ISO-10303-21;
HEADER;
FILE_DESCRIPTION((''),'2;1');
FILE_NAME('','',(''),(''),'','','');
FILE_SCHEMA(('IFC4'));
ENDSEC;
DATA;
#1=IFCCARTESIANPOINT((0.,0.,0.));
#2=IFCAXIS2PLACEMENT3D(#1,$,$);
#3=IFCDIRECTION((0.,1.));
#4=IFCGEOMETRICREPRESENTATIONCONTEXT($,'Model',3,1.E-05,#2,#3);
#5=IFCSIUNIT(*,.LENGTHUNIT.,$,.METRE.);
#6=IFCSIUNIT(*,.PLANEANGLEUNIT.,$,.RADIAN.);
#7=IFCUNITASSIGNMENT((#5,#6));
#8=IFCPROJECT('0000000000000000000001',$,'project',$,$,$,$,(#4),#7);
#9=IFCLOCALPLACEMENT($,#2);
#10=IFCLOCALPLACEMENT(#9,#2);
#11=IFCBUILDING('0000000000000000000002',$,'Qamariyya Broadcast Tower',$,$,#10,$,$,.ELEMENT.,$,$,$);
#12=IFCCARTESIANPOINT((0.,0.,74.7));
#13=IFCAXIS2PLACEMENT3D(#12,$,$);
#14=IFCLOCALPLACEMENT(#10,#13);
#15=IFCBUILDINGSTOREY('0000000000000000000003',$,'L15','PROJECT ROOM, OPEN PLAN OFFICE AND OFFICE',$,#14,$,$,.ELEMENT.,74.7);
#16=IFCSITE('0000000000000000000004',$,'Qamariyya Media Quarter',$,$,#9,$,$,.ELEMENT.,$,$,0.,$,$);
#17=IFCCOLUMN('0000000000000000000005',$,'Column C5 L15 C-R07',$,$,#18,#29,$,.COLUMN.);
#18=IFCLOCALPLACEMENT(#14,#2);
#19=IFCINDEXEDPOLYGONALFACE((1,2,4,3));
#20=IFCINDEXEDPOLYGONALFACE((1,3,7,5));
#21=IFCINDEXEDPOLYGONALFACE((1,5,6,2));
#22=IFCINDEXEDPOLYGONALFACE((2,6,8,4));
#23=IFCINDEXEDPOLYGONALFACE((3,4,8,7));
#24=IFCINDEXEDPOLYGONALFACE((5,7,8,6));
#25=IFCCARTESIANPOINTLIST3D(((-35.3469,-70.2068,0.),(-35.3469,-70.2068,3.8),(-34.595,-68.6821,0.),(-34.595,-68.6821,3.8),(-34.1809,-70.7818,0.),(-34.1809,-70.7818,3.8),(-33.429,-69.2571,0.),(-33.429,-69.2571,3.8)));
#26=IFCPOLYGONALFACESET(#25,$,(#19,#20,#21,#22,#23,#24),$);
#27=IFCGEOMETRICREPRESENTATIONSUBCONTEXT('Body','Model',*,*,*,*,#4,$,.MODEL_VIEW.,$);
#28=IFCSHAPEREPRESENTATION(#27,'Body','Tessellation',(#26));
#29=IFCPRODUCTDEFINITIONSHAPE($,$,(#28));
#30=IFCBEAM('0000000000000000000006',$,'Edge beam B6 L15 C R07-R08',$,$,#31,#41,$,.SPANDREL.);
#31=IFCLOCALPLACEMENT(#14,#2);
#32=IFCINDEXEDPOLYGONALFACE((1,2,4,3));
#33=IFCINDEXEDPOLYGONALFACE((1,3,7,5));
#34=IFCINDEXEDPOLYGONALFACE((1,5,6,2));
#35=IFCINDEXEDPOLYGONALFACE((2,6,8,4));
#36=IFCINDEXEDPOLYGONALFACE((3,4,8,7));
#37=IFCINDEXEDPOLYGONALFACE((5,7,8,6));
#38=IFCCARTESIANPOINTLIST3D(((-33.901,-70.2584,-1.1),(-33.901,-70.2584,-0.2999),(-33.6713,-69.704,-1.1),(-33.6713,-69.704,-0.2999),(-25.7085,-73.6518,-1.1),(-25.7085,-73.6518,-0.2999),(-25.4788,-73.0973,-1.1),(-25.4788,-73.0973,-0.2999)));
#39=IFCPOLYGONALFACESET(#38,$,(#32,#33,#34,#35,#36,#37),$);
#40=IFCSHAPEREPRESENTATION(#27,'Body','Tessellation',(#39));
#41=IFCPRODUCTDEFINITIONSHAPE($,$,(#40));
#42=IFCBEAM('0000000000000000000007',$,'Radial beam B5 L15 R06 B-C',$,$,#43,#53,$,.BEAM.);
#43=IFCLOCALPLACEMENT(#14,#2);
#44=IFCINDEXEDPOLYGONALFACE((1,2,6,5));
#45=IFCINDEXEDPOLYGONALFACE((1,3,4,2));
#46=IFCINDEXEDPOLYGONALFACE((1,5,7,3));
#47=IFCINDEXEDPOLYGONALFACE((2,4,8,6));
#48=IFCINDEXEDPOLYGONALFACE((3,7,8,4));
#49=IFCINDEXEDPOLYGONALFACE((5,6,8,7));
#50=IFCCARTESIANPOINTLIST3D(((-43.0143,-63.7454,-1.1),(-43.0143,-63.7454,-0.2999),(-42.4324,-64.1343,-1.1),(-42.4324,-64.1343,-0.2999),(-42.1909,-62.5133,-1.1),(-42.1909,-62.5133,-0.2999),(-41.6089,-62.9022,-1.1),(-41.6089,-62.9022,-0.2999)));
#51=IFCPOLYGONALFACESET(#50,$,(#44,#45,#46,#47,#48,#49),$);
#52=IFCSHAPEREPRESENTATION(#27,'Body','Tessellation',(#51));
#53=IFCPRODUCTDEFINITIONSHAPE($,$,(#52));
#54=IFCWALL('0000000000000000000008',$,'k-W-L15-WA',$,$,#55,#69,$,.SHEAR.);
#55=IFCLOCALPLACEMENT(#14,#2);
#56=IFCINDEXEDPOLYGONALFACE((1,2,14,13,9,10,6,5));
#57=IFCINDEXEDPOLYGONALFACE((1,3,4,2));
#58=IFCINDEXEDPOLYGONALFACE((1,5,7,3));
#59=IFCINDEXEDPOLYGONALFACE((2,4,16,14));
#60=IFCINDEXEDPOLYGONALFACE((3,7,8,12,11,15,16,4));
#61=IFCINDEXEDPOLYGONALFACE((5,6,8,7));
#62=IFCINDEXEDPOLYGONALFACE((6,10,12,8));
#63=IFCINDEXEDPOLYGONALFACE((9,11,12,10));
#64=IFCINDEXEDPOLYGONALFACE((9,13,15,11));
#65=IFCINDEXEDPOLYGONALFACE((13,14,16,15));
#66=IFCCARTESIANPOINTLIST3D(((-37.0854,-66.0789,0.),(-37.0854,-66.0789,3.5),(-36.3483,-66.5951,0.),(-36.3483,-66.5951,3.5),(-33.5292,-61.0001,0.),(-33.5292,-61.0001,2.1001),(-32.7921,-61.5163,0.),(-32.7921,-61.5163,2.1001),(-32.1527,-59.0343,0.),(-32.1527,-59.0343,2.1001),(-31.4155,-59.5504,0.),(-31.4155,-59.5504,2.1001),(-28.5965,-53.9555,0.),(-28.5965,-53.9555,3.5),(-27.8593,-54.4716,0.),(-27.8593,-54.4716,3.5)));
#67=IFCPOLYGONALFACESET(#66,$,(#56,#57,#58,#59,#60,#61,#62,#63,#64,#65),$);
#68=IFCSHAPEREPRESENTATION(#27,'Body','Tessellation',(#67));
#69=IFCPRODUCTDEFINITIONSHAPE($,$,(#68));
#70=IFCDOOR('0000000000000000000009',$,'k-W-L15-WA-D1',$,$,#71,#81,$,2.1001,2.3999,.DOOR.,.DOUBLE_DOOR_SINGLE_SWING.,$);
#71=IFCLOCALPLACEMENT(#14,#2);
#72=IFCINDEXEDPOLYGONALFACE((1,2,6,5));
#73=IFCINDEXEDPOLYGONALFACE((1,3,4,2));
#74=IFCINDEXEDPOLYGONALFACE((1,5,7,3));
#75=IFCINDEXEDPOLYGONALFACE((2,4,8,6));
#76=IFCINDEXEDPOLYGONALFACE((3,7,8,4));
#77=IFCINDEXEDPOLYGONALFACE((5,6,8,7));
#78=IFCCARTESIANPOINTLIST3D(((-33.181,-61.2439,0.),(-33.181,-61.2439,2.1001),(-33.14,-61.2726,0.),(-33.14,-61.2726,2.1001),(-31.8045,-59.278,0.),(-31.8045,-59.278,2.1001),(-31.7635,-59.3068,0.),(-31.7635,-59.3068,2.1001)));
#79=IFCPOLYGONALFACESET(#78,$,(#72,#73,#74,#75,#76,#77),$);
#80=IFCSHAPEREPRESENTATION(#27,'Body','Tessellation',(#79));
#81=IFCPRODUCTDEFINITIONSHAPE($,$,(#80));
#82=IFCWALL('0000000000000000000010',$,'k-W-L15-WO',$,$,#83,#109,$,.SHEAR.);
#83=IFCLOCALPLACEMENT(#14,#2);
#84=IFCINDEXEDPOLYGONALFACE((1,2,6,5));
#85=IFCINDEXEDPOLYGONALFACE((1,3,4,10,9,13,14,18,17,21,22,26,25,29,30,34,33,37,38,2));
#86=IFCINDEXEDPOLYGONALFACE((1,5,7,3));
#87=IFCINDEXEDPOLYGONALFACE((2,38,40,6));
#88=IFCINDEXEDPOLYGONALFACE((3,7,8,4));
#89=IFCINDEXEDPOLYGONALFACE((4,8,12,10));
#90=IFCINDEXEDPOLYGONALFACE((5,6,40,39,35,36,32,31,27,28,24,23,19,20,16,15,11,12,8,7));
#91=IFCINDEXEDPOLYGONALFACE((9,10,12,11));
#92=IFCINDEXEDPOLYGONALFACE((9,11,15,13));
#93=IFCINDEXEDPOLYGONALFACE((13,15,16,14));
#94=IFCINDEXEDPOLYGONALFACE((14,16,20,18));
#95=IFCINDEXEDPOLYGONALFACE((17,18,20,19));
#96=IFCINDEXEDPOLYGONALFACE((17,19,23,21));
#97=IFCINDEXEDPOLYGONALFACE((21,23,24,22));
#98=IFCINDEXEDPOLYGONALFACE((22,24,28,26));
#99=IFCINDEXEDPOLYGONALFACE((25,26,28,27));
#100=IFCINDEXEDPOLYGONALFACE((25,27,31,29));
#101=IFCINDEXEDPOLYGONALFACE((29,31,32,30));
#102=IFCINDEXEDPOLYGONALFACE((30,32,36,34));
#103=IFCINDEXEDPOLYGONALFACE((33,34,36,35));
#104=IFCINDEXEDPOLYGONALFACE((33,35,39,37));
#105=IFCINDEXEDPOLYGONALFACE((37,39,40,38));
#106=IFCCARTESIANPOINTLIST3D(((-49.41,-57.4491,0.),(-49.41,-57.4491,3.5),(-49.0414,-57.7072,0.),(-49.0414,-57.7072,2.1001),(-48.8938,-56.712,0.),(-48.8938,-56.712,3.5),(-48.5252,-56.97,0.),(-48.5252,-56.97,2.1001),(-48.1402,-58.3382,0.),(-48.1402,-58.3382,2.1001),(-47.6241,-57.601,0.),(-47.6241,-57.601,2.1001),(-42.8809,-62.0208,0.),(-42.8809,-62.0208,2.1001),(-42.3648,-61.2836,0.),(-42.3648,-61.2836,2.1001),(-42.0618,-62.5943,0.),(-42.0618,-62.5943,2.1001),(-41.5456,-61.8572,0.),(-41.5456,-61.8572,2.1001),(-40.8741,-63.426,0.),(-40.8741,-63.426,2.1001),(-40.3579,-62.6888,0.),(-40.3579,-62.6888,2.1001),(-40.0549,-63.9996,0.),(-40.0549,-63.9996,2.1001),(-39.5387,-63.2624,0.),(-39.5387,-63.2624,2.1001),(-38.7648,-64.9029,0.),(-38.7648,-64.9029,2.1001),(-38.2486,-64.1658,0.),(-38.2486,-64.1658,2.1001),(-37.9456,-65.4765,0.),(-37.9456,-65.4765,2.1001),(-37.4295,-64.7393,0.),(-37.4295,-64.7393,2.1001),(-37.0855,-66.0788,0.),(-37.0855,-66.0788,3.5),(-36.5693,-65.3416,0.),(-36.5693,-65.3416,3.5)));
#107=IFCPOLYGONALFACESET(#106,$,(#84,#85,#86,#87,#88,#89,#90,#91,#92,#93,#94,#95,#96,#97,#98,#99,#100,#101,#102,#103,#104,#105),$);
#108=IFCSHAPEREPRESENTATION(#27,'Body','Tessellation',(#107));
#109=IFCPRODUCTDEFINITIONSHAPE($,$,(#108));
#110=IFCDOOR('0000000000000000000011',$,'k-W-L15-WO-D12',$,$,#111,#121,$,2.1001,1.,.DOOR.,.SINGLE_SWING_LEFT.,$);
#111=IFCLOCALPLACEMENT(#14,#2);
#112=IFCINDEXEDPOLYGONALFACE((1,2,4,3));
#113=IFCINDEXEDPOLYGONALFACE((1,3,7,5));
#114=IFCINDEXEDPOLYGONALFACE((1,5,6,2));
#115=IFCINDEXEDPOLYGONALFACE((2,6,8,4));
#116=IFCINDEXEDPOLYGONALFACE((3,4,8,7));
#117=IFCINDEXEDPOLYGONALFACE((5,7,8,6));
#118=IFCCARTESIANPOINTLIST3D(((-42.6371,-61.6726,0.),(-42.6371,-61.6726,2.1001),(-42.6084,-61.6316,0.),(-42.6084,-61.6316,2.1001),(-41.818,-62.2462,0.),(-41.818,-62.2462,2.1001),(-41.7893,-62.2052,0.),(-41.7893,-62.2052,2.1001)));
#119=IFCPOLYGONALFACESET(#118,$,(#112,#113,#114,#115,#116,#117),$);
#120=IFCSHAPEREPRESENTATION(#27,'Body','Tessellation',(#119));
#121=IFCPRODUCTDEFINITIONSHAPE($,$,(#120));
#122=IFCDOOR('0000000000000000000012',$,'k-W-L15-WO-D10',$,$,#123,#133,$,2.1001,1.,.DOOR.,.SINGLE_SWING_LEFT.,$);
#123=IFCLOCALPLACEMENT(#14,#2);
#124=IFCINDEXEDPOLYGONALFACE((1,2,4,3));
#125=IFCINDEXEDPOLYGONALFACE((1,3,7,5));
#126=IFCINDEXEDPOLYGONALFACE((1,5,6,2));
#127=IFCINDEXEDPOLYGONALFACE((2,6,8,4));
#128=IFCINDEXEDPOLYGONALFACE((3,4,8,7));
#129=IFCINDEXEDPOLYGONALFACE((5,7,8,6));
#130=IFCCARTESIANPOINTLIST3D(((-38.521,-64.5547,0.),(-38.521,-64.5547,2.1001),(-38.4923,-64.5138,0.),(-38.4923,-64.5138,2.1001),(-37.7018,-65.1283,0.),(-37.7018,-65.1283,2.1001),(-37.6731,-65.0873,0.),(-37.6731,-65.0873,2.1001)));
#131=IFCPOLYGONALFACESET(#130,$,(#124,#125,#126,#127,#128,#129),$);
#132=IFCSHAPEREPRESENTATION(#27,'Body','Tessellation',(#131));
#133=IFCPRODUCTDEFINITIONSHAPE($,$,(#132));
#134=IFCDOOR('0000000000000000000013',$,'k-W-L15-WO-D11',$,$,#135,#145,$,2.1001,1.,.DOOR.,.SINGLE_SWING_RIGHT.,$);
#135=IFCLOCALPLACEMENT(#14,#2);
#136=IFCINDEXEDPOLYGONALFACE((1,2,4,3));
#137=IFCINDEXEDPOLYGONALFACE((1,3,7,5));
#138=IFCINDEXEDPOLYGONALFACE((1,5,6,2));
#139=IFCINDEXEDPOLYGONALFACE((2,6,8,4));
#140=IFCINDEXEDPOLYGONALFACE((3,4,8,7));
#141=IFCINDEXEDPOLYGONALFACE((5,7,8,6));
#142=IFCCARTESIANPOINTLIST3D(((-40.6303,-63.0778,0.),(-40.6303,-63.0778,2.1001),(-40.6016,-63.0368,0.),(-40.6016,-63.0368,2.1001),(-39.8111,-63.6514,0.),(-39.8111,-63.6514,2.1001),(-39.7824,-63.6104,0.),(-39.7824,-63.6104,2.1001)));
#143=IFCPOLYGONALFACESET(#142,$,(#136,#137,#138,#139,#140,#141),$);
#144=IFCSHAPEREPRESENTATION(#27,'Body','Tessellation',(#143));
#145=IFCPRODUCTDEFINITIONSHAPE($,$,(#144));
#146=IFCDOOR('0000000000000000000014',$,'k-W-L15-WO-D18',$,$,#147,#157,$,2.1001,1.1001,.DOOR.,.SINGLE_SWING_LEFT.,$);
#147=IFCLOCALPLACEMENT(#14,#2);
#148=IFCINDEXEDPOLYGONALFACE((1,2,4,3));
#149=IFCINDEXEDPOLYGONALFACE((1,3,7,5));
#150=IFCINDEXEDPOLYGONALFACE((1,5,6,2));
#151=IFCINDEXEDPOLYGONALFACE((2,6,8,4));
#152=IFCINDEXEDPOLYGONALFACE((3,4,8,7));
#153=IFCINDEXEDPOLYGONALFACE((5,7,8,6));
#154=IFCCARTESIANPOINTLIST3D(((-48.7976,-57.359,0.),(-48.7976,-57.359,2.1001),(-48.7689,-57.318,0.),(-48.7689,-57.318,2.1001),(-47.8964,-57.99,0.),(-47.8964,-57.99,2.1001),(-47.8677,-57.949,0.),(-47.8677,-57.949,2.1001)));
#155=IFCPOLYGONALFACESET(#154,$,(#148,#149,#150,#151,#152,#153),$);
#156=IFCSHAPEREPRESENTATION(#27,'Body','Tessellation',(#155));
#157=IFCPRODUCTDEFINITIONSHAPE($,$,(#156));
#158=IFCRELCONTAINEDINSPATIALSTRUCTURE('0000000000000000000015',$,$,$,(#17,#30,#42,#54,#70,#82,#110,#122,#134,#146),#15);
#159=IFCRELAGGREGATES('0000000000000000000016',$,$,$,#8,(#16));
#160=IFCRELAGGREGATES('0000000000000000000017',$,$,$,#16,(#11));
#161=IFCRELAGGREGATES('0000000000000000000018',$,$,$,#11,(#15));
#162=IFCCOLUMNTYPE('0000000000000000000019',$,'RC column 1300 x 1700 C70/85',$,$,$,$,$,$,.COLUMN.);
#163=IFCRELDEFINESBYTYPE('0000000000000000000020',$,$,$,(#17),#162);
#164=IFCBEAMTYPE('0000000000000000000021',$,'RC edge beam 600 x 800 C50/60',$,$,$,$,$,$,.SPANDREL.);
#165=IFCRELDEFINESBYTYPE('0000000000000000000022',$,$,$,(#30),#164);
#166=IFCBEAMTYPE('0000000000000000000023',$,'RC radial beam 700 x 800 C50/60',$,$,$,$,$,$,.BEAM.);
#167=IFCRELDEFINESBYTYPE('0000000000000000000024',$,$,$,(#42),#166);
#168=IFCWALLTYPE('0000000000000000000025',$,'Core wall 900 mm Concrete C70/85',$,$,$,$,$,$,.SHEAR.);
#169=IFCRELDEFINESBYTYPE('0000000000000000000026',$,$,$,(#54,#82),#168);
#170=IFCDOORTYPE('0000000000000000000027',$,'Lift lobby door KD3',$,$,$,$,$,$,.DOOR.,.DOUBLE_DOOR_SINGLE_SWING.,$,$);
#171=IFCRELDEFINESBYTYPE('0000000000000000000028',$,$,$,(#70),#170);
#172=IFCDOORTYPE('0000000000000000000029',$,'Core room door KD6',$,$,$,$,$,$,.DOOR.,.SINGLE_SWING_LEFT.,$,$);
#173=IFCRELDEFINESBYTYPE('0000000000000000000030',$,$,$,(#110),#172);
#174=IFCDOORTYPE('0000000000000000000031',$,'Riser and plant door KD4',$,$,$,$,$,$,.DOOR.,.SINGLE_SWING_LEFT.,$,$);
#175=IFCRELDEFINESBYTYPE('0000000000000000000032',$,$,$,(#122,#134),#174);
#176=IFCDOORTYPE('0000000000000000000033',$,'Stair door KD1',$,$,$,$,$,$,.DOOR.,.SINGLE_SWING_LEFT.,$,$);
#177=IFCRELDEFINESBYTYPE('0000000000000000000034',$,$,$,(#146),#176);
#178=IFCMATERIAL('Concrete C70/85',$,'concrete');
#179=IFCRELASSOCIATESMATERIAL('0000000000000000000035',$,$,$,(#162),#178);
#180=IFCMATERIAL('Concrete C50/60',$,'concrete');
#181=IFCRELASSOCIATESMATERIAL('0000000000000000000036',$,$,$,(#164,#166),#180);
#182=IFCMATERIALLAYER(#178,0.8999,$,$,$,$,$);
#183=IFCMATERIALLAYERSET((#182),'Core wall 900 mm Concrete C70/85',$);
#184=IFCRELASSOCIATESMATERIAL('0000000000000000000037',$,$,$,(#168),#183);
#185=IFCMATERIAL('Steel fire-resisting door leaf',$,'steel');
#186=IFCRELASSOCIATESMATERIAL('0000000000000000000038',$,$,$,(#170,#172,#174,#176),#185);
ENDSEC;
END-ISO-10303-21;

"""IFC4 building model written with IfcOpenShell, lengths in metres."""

from ifc_helpers import new_model, si_unit, direction, frame, frame_2d, origin, origin_2d, place, context, subcontext, project, spatial, rectangle, extrude, material, layer, layer_set, material_profile, profile_set, type_object, element, fill, save


model = new_model("IFC4")

# Units and contexts
model_context = context("Model", 3, precision=1e-05, world=origin(), true_north=direction((0.0, 1.0)))
body_context = subcontext(model_context, "Body", "Model", "MODEL_VIEW")
ifc_project = project(units=[si_unit("LENGTHUNIT", "METRE"), si_unit("PLANEANGLEUNIT", "RADIAN")], contexts=[model_context])

# Site, building, storey
site_placement = place(None, origin())
site = spatial("IfcSite", under=ifc_project, at=site_placement, Name="Qamariyya Media Quarter", CompositionType="ELEMENT", RefElevation=0.0)
building_placement = place(site_placement, origin())
building = spatial("IfcBuilding", under=site, at=building_placement, Name="Qamariyya Broadcast Tower", CompositionType="ELEMENT")
storey_placement = place(building_placement, frame((0.0, 0.0, 74.7)))
storey = spatial("IfcBuildingStorey", under=building, at=storey_placement, Name="L15", Description="PROJECT ROOM, OPEN PLAN OFFICE AND OFFICE", CompositionType="ELEMENT", Elevation=74.7)

# Column
ifc_material_1 = material(Name="Concrete C70/85", Category="concrete")
ifc_material_profile_1 = material_profile(ifc_material_1, rectangle(XDim=1.3, YDim=1.7, at=origin_2d()))
ifc_profile_set_1 = profile_set([ifc_material_profile_1], Name="Concrete C70/85")
column_type = type_object("IfcColumnType", Name="RC column 1300 x 1700 C70/85", PredefinedType="COLUMN", material=ifc_profile_set_1)
column_placement = place(storey_placement, frame((-34.3879, -69.7319, 0.0), z_axis=(0.0, 0.0, 1.0), x_axis=(0.896873, -0.442289, 0.0)))
element("IfcColumn", 1, at=column_placement, inside=storey, type_object=column_type, Name="Column C5 L15 C-R07", PredefinedType="COLUMN", context=body_context, shape_type="SweptSolid", body=[
    extrude(rectangle(XDim=1.3, YDim=1.7, at=origin_2d()), origin(), (0.0, 0.0, 1.0), 3.8),
])

# Beams
ifc_material_2 = material(Name="Concrete C50/60", Category="concrete")
ifc_material_profile_2 = material_profile(ifc_material_2, rectangle(XDim=0.6001, YDim=0.8, at=origin_2d()))
ifc_profile_set_2 = profile_set([ifc_material_profile_2], Name="Concrete C50/60")
beam_type_1 = type_object("IfcBeamType", Name="RC edge beam 600 x 800 C50/60", PredefinedType="SPANDREL", material=ifc_profile_set_2)
beam_1_placement = place(storey_placement, frame((-33.7861, -69.9812, -0.7), z_axis=(0.923883, -0.382675, 0.0), x_axis=(0.382675, 0.923883, 0.0)))
element("IfcBeam", 2, at=beam_1_placement, inside=storey, type_object=beam_type_1, Name="Edge beam B6 L15 C R07-R08", PredefinedType="SPANDREL", context=body_context, shape_type="SweptSolid", body=[
    extrude(rectangle(XDim=0.6001, YDim=0.8, at=origin_2d()), origin(), (0.0, 0.0, 1.0), 8.8674),
])
ifc_material_profile_3 = material_profile(ifc_material_2, rectangle(XDim=0.7, YDim=0.8, at=origin_2d()))
ifc_profile_set_3 = profile_set([ifc_material_profile_3], Name="Concrete C50/60")
beam_type_2 = type_object("IfcBeamType", Name="RC radial beam 700 x 800 C50/60", PredefinedType="BEAM", material=ifc_profile_set_3)
beam_2_placement = place(storey_placement, frame((-41.8999, -62.7078, -0.7), z_axis=(-0.55565, -0.831416, 0.0), x_axis=(0.831416, -0.55565, 0.0)))
element("IfcBeam", 3, at=beam_2_placement, inside=storey, type_object=beam_type_2, Name="Radial beam B5 L15 R06 B-C", PredefinedType="BEAM", context=body_context, shape_type="SweptSolid", body=[
    extrude(rectangle(XDim=0.7, YDim=0.8, at=origin_2d()), origin(), (0.0, 0.0, 1.0), 1.4819),
])

# Wall, opening, door
ifc_layer_1 = layer(ifc_material_1, 0.8999)
ifc_layer_set_1 = layer_set([ifc_layer_1], Name="Core wall 900 mm Concrete C70/85")
wall_type_1 = type_object("IfcWallType", Name="Core wall 900 mm Concrete C70/85", PredefinedType="SHEAR", material=ifc_layer_set_1)
wall_1_placement = place(storey_placement, frame((-36.7168, -66.3369, 0.0), z_axis=(0.0, 0.0, 1.0), x_axis=(0.573577, 0.819151, 0.0)))
wall_1 = element("IfcWall", 4, at=wall_1_placement, inside=storey, type_object=wall_type_1, Name="k-W-L15-WA", PredefinedType="SHEAR", context=body_context, shape_type="SweptSolid", body=[
    extrude(rectangle(XDim=14.8, YDim=0.8999, at=frame_2d((7.3999, 0.0))), origin(), (0.0, 0.0, 1.0), 3.5),
])
opening_1_placement = place(wall_1_placement, frame((6.2, 0.0, 0.0)))
opening_1 = element("IfcOpeningElement", 5, at=opening_1_placement, cuts=wall_1, PredefinedType="OPENING", context=body_context, shape_type="SweptSolid", body=[
    extrude(rectangle(XDim=2.3999, YDim=2.1001, at=frame_2d((1.2, 1.05))), frame((0.0, 0.46, 0.0), z_axis=(0.0, -1.0, 0.0), x_axis=(1.0, 0.0, 0.0)), (0.0, 0.0, 1.0), 0.9199),
])
ifc_material_3 = material(Name="Steel fire-resisting door leaf", Category="steel")
door_type_1 = type_object("IfcDoorType", Name="Lift lobby door KD3", OperationType="DOUBLE_DOOR_SINGLE_SWING", PredefinedType="DOOR", material=ifc_material_3)
door_1_placement = place(opening_1_placement, origin())
door_1 = element("IfcDoor", 6, at=door_1_placement, inside=storey, type_object=door_type_1, Name="k-W-L15-WA-D1", OperationType="DOUBLE_DOOR_SINGLE_SWING", OverallHeight=2.1001, OverallWidth=2.3999, PredefinedType="DOOR", context=body_context, shape_type="SweptSolid", body=[
    extrude(rectangle(XDim=2.3999, YDim=2.1001, at=frame_2d((1.2, 1.05))), frame((0.0, 0.0249, 0.0), z_axis=(0.0, -1.0, 0.0), x_axis=(1.0, 0.0, 0.0)), (0.0, 0.0, 1.0), 0.05),
])
fill(opening_1, door_1)

# Wall, openings, doors
wall_2_placement = place(storey_placement, frame((-36.8274, -65.7102, 0.0), z_axis=(0.0, 0.0, 1.0), x_axis=(-0.819153, 0.573575, 0.0)))
wall_2 = element("IfcWall", 7, at=wall_2_placement, inside=storey, type_object=wall_type_1, Name="k-W-L15-WO", PredefinedType="SHEAR", context=body_context, shape_type="SweptSolid", body=[
    extrude(rectangle(XDim=15.0454, YDim=0.8999, at=frame_2d((7.5227, 0.0))), origin(), (0.0, 0.0, 1.0), 3.5),
])
opening_2_placement = place(wall_2_placement, frame((1.05, 0.0, 0.0)))
opening_2 = element("IfcOpeningElement", 8, at=opening_2_placement, cuts=wall_2, PredefinedType="OPENING", context=body_context, shape_type="SweptSolid", body=[
    extrude(rectangle(XDim=1.0, YDim=2.1001, at=frame_2d((0.5, 1.05))), frame((0.0, 0.46, 0.0), z_axis=(0.0, -1.0, 0.0), x_axis=(1.0, 0.0, 0.0)), (0.0, 0.0, 1.0), 0.9199),
])
opening_3_placement = place(wall_2_placement, frame((3.625, 0.0, 0.0)))
opening_3 = element("IfcOpeningElement", 9, at=opening_3_placement, cuts=wall_2, PredefinedType="OPENING", context=body_context, shape_type="SweptSolid", body=[
    extrude(rectangle(XDim=1.0, YDim=2.1001, at=frame_2d((0.5, 1.05))), frame((0.0, 0.46, 0.0), z_axis=(0.0, -1.0, 0.0), x_axis=(1.0, 0.0, 0.0)), (0.0, 0.0, 1.0), 0.9199),
])
opening_4_placement = place(wall_2_placement, frame((6.075, 0.0, 0.0)))
opening_4 = element("IfcOpeningElement", 10, at=opening_4_placement, cuts=wall_2, PredefinedType="OPENING", context=body_context, shape_type="SweptSolid", body=[
    extrude(rectangle(XDim=1.0, YDim=2.1001, at=frame_2d((0.5, 1.05))), frame((0.0, 0.46, 0.0), z_axis=(0.0, -1.0, 0.0), x_axis=(1.0, 0.0, 0.0)), (0.0, 0.0, 1.0), 0.9199),
])
opening_5_placement = place(wall_2_placement, frame((13.4954, 0.0, 0.0)))
opening_5 = element("IfcOpeningElement", 11, at=opening_5_placement, cuts=wall_2, PredefinedType="OPENING", context=body_context, shape_type="SweptSolid", body=[
    extrude(rectangle(XDim=1.1001, YDim=2.1001, at=frame_2d((0.55, 1.05))), frame((0.0, 0.46, 0.0), z_axis=(0.0, -1.0, 0.0), x_axis=(1.0, 0.0, 0.0)), (0.0, 0.0, 1.0), 0.9199),
])
door_type_2 = type_object("IfcDoorType", Name="Core room door KD6", OperationType="SINGLE_SWING_LEFT", PredefinedType="DOOR", material=ifc_material_3)
door_2_placement = place(opening_4_placement, origin())
door_2 = element("IfcDoor", 12, at=door_2_placement, inside=storey, type_object=door_type_2, Name="k-W-L15-WO-D12", OperationType="SINGLE_SWING_LEFT", OverallHeight=2.1001, OverallWidth=1.0, PredefinedType="DOOR", context=body_context, shape_type="SweptSolid", body=[
    extrude(rectangle(XDim=1.0, YDim=2.1001, at=frame_2d((0.5, 1.05))), frame((0.0, 0.0249, 0.0), z_axis=(0.0, -1.0, 0.0), x_axis=(1.0, 0.0, 0.0)), (0.0, 0.0, 1.0), 0.05),
])
fill(opening_4, door_2)
door_type_3 = type_object("IfcDoorType", Name="Riser and plant door KD4", OperationType="SINGLE_SWING_LEFT", PredefinedType="DOOR", material=ifc_material_3)
door_3_placement = place(opening_2_placement, origin())
door_3 = element("IfcDoor", 13, at=door_3_placement, inside=storey, type_object=door_type_3, Name="k-W-L15-WO-D10", OperationType="SINGLE_SWING_LEFT", OverallHeight=2.1001, OverallWidth=1.0, PredefinedType="DOOR", context=body_context, shape_type="SweptSolid", body=[
    extrude(rectangle(XDim=1.0, YDim=2.1001, at=frame_2d((0.5, 1.05))), frame((0.0, 0.0249, 0.0), z_axis=(0.0, -1.0, 0.0), x_axis=(1.0, 0.0, 0.0)), (0.0, 0.0, 1.0), 0.05),
])
fill(opening_2, door_3)
door_4_placement = place(opening_3_placement, origin())
door_4 = element("IfcDoor", 14, at=door_4_placement, inside=storey, type_object=door_type_3, Name="k-W-L15-WO-D11", OperationType="SINGLE_SWING_RIGHT", OverallHeight=2.1001, OverallWidth=1.0, PredefinedType="DOOR", context=body_context, shape_type="SweptSolid", body=[
    extrude(rectangle(XDim=1.0, YDim=2.1001, at=frame_2d((0.5, 1.05))), frame((0.0, 0.0249, 0.0), z_axis=(0.0, -1.0, 0.0), x_axis=(1.0, 0.0, 0.0)), (0.0, 0.0, 1.0), 0.05),
])
fill(opening_3, door_4)
door_type_4 = type_object("IfcDoorType", Name="Stair door KD1", OperationType="SINGLE_SWING_LEFT", PredefinedType="DOOR", material=ifc_material_3)
door_5_placement = place(opening_5_placement, origin())
door_5 = element("IfcDoor", 15, at=door_5_placement, inside=storey, type_object=door_type_4, Name="k-W-L15-WO-D18", OperationType="SINGLE_SWING_LEFT", OverallHeight=2.1001, OverallWidth=1.1001, PredefinedType="DOOR", context=body_context, shape_type="SweptSolid", body=[
    extrude(rectangle(XDim=1.1001, YDim=2.1001, at=frame_2d((0.55, 1.05))), frame((0.0, 0.0249, 0.0), z_axis=(0.0, -1.0, 0.0), x_axis=(1.0, 0.0, 0.0)), (0.0, 0.0, 1.0), 0.05),
])
fill(opening_5, door_5)

save(model, "model.ifc")
